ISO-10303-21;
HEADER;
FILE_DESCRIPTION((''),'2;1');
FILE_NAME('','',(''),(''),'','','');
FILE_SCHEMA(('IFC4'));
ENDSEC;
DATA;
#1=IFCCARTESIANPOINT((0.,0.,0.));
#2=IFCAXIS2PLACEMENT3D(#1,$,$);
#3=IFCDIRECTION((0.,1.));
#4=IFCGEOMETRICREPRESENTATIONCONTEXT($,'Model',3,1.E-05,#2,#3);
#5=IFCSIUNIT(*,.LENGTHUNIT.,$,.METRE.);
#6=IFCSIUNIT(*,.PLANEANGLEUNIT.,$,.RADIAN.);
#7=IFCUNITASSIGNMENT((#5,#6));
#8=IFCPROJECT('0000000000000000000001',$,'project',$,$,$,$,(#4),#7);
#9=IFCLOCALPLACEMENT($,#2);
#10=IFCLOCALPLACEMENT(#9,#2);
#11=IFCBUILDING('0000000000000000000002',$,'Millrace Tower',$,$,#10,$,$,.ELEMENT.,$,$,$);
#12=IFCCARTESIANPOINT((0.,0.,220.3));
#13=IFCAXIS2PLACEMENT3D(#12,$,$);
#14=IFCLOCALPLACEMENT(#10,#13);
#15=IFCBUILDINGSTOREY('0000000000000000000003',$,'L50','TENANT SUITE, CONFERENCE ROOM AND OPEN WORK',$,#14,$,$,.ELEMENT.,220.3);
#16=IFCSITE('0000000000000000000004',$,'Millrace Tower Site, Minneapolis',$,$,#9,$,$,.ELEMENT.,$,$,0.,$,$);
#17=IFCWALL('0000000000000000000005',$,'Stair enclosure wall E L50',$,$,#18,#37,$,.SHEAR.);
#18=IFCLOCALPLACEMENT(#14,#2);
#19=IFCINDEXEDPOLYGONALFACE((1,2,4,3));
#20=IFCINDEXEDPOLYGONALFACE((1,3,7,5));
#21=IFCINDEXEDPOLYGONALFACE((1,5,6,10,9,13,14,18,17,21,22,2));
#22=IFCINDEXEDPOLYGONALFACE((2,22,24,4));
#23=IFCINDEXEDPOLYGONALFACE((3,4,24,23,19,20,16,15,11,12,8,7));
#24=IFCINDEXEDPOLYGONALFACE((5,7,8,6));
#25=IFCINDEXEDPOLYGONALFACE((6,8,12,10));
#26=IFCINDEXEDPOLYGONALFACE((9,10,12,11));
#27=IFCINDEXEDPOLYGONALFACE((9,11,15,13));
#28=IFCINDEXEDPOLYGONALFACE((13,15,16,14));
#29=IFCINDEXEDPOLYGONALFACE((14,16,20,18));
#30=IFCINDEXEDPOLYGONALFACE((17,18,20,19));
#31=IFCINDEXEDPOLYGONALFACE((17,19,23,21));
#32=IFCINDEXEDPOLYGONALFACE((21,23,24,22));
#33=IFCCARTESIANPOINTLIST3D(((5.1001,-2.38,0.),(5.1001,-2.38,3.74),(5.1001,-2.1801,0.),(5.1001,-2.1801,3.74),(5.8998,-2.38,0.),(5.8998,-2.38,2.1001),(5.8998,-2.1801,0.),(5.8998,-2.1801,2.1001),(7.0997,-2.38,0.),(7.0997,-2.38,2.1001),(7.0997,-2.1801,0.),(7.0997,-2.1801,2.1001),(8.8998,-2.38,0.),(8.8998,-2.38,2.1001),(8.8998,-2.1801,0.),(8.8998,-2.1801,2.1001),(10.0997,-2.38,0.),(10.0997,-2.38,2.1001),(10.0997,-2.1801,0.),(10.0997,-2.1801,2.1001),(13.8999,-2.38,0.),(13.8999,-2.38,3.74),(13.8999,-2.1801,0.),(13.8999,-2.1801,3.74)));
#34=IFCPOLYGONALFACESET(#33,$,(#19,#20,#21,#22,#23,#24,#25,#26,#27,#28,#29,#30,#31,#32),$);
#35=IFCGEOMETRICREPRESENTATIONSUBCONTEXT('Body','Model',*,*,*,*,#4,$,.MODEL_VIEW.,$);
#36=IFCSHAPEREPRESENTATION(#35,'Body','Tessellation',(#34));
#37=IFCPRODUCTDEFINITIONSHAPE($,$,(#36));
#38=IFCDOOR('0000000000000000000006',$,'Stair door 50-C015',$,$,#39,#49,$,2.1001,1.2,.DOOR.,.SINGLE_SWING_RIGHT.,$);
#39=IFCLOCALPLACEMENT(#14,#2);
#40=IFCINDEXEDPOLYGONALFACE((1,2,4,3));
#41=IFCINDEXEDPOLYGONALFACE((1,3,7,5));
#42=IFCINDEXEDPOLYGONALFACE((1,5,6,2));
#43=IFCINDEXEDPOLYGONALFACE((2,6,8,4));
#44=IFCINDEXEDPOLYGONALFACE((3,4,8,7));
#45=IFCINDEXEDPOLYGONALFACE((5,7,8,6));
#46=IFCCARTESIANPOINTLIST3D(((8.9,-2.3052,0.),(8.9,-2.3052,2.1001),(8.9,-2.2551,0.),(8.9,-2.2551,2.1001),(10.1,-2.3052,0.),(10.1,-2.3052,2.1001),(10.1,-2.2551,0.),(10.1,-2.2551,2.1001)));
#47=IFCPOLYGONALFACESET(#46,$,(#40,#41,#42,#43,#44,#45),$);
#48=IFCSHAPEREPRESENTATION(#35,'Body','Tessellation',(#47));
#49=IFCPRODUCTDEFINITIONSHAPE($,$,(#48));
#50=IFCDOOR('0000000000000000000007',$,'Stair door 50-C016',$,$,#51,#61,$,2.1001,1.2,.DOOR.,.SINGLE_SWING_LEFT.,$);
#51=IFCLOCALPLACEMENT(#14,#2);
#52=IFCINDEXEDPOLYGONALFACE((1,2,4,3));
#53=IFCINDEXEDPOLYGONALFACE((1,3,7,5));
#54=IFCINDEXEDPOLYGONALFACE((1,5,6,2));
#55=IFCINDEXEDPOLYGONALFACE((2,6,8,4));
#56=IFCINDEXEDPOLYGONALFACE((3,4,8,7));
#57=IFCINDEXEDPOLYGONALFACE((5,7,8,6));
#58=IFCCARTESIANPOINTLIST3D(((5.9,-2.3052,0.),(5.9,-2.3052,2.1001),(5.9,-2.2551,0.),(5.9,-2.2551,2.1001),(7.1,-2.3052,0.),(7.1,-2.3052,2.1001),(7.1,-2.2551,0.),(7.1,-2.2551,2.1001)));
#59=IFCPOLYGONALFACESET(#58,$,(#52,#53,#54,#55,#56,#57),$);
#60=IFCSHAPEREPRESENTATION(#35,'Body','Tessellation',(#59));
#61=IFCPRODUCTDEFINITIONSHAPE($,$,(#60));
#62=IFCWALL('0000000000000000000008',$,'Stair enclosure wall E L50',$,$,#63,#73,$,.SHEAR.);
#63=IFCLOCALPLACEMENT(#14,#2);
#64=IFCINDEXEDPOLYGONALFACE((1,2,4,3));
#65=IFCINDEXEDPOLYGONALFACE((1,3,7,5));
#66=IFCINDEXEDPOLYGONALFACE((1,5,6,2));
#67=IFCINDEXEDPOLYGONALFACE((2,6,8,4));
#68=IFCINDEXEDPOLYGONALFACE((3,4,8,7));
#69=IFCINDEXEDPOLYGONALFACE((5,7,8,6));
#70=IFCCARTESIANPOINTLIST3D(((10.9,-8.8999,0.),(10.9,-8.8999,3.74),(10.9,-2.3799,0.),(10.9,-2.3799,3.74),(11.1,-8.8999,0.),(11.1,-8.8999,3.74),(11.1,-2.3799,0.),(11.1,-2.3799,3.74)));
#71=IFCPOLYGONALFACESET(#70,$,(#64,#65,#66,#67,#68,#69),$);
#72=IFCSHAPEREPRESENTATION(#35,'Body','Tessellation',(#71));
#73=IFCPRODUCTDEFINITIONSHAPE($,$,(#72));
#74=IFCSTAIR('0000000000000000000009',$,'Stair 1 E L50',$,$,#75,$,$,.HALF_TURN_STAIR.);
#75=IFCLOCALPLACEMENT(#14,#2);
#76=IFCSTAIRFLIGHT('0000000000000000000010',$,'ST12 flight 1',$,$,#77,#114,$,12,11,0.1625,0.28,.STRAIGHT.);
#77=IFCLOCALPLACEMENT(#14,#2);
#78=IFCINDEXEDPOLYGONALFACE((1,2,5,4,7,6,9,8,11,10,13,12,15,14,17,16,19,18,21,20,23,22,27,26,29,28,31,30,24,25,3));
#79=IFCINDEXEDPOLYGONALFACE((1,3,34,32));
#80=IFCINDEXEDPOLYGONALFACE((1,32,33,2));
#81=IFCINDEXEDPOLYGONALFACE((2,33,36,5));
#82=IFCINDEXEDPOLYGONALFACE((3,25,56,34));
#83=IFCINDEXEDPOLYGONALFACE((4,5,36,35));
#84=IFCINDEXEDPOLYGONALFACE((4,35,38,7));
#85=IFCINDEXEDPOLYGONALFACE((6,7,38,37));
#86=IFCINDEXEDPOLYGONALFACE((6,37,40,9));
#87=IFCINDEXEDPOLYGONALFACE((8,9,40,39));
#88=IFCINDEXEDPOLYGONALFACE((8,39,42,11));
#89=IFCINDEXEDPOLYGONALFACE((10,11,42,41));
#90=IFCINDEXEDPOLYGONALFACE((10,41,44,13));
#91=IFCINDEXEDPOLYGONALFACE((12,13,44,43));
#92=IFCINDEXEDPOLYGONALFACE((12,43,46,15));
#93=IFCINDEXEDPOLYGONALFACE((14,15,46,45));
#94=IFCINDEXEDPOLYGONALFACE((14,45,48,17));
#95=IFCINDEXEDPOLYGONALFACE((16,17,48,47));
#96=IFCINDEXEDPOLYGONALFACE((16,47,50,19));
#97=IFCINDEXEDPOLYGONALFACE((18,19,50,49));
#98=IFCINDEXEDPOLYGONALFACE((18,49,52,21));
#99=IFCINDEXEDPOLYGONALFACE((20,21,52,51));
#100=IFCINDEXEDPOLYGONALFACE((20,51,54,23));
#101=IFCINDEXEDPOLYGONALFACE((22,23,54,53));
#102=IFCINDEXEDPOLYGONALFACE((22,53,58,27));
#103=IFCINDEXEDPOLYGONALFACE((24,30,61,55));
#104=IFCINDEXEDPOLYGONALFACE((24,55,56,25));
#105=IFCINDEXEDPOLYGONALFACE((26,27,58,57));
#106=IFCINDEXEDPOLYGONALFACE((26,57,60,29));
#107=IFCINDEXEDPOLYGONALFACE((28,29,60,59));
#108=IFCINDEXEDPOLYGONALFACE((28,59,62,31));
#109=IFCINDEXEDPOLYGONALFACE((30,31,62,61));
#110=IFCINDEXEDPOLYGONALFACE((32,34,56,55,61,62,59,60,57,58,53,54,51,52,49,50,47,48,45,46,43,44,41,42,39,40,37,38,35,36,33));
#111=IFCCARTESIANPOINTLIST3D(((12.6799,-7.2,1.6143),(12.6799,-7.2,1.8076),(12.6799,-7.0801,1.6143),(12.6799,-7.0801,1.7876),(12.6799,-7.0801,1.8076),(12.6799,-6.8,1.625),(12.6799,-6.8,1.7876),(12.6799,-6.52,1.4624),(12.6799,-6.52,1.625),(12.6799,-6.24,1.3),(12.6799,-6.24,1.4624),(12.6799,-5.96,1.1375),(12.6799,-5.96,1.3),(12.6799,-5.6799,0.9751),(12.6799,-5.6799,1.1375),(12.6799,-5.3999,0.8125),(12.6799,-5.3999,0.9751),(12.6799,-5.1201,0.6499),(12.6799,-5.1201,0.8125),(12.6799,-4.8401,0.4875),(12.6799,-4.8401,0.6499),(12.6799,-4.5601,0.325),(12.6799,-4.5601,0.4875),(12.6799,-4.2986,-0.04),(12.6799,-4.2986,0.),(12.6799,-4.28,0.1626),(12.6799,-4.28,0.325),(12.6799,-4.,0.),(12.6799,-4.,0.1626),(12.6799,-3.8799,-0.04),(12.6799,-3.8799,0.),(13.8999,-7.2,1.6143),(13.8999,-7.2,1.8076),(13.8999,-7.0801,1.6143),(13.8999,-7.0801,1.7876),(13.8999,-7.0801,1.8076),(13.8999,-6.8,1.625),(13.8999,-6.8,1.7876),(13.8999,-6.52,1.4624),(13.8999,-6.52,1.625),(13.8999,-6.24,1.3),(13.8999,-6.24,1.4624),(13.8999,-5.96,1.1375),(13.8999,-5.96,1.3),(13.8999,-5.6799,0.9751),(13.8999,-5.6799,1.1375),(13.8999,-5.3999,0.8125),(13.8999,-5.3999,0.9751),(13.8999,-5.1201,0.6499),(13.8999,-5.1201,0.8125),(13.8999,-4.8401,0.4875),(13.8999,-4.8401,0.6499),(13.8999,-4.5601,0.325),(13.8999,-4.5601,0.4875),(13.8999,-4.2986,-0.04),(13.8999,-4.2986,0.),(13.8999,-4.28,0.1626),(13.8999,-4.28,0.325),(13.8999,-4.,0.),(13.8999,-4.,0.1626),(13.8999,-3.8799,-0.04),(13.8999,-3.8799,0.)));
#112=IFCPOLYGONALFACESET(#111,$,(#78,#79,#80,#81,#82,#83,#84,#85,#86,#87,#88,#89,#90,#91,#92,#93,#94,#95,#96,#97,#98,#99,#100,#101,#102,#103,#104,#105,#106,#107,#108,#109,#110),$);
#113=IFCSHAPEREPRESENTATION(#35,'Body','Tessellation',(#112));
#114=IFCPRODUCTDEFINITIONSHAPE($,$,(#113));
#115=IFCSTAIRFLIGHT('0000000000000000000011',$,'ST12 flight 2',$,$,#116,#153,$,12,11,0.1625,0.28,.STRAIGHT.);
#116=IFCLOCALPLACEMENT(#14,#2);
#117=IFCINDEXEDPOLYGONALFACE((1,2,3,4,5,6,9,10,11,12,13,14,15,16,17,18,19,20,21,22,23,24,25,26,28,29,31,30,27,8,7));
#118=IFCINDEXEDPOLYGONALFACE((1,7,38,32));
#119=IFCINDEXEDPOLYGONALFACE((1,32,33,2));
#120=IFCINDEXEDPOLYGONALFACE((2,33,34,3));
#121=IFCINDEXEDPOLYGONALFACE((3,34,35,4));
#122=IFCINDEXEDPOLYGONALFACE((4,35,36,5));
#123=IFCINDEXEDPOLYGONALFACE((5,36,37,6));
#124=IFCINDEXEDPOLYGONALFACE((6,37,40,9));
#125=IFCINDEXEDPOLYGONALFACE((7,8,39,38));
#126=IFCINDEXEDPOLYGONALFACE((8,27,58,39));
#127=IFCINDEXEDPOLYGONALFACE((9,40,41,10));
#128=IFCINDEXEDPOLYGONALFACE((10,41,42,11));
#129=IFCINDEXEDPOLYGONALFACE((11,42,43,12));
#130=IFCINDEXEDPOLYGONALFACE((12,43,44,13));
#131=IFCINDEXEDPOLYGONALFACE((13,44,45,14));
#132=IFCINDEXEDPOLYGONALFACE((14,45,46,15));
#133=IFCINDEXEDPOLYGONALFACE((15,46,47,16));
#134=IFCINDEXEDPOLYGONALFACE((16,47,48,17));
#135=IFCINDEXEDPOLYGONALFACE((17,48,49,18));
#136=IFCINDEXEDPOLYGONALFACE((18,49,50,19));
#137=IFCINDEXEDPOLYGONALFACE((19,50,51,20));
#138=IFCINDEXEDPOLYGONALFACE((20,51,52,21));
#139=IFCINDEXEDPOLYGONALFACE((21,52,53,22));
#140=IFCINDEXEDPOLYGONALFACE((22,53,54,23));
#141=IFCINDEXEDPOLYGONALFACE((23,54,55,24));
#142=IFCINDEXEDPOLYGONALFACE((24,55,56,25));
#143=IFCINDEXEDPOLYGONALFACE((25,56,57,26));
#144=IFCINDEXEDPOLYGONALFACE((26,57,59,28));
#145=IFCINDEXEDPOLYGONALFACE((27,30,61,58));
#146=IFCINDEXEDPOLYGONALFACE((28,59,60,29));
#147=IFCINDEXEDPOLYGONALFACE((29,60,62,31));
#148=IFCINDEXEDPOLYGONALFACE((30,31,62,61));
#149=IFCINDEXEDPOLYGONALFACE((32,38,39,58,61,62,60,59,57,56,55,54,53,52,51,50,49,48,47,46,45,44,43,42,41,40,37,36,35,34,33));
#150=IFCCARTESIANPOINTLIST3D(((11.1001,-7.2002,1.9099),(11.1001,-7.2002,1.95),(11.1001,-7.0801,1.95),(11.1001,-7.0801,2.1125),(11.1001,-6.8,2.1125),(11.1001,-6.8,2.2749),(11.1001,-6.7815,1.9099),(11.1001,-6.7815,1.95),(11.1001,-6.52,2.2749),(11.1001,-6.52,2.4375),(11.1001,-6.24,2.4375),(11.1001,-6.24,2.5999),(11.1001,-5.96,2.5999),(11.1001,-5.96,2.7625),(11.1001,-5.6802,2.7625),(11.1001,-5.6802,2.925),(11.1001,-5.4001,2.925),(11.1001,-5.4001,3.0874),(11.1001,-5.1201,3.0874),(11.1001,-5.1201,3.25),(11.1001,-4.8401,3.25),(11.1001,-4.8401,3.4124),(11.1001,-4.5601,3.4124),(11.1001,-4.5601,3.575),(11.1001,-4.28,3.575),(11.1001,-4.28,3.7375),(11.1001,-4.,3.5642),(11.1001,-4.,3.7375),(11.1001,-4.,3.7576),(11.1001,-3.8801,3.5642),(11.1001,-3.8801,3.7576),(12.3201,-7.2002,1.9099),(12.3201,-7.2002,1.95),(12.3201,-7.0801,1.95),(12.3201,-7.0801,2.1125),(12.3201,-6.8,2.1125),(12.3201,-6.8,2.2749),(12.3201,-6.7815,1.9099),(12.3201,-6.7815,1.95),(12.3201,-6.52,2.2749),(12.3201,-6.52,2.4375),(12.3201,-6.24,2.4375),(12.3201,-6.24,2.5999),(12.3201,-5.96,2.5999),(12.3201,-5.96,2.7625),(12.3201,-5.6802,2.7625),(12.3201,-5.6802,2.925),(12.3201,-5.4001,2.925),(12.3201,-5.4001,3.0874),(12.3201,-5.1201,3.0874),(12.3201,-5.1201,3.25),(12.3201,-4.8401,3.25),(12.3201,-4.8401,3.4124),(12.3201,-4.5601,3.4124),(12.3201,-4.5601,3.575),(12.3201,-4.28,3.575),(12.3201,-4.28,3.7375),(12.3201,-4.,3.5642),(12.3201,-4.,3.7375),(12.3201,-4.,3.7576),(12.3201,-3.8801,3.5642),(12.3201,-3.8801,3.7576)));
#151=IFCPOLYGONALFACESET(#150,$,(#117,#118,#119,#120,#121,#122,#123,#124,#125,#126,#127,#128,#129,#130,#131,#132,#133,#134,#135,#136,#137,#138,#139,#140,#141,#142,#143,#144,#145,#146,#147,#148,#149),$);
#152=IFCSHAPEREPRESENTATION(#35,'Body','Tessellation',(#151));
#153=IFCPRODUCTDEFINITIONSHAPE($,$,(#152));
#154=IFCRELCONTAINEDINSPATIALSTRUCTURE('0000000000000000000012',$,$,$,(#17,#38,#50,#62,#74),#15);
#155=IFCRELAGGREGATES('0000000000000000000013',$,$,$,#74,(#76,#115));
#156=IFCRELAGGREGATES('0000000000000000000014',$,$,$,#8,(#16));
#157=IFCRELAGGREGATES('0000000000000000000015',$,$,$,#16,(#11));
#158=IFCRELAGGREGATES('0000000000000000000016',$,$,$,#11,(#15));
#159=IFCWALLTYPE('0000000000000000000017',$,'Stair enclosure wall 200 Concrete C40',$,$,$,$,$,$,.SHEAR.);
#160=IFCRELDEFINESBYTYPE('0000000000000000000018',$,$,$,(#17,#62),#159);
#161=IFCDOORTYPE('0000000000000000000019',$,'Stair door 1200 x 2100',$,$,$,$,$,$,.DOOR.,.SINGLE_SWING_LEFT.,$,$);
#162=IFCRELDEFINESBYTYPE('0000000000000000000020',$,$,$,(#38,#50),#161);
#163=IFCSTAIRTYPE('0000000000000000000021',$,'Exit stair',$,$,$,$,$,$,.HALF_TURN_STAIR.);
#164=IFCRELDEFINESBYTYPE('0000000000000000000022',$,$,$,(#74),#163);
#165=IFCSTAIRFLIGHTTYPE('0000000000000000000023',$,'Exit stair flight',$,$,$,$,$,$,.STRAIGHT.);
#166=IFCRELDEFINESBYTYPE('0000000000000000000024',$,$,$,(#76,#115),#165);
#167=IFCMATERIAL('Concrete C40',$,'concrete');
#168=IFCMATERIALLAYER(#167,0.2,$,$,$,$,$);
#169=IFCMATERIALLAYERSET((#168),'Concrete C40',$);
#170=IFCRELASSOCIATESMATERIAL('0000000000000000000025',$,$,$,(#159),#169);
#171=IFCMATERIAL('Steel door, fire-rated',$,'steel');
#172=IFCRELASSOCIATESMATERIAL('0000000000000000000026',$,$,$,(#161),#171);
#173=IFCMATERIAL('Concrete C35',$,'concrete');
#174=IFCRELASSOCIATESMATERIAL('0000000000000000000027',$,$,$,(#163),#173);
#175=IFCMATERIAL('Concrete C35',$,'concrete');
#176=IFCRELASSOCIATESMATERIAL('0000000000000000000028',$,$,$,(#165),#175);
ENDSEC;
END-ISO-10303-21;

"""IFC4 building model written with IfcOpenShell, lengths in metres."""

from ifc_helpers import new_model, si_unit, direction, frame, frame_2d, origin, place, context, subcontext, project, spatial, polyline, rectangle, outline, extrude, material, layer, layer_set, type_object, element, fill, aggregate, save


model = new_model("IFC4")

# Units and contexts
model_context = context("Model", 3, precision=1e-05, world=origin(), true_north=direction((0.0, 1.0)))
body_context = subcontext(model_context, "Body", "Model", "MODEL_VIEW")
ifc_project = project(units=[si_unit("LENGTHUNIT", "METRE"), si_unit("PLANEANGLEUNIT", "RADIAN")], contexts=[model_context])

# Site, building, storey
site_placement = place(None, origin())
site = spatial("IfcSite", under=ifc_project, at=site_placement, Name="Millrace Tower Site, Minneapolis", CompositionType="ELEMENT", RefElevation=0.0)
building_placement = place(site_placement, origin())
building = spatial("IfcBuilding", under=site, at=building_placement, Name="Millrace Tower", CompositionType="ELEMENT")
storey_placement = place(building_placement, frame((0.0, 0.0, 220.3)))
storey = spatial("IfcBuildingStorey", under=building, at=storey_placement, Name="L50", Description="TENANT SUITE, CONFERENCE ROOM AND OPEN WORK", CompositionType="ELEMENT", Elevation=220.3)

# Shared definitions
placement = place(storey_placement, origin())

# Shared definitions
ifc_material_1 = material(Name="Concrete C40", Category="concrete")
ifc_layer_1 = layer(ifc_material_1, 0.2)
ifc_layer_set_1 = layer_set([ifc_layer_1], Name="Concrete C40")
wall_type_1 = type_object("IfcWallType", Name="Stair enclosure wall 200 Concrete C40", PredefinedType="SHEAR", material=ifc_layer_set_1)

# Wall, openings, doors
wall_1_placement = place(storey_placement, frame((13.8999, -2.28, 0.0), z_axis=(0.0, 0.0, 1.0), x_axis=(-1.0, 0.0, 0.0)))
wall_1 = element("IfcWall", 1, at=wall_1_placement, inside=storey, type_object=wall_type_1, Name="Stair enclosure wall E L50", PredefinedType="SHEAR", context=body_context, shape_type="SweptSolid", body=[
    extrude(rectangle(XDim=8.7998, YDim=0.2, at=frame_2d((4.3999, 0.0))), origin(), (0.0, 0.0, 1.0), 3.74),
])
opening_1_placement = place(wall_1_placement, frame((3.8, 0.0, 0.0)))
opening_1 = element("IfcOpeningElement", 2, at=opening_1_placement, cuts=wall_1, PredefinedType="OPENING", context=body_context, shape_type="SweptSolid", body=[
    extrude(rectangle(XDim=1.2, YDim=2.1001, at=frame_2d((0.6001, 1.05))), frame((0.0, 0.1099, 0.0), z_axis=(0.0, -1.0, 0.0), x_axis=(1.0, 0.0, 0.0)), (0.0, 0.0, 1.0), 0.22),
])
opening_2_placement = place(wall_1_placement, frame((6.8, 0.0, 0.0)))
opening_2 = element("IfcOpeningElement", 3, at=opening_2_placement, cuts=wall_1, PredefinedType="OPENING", context=body_context, shape_type="SweptSolid", body=[
    extrude(rectangle(XDim=1.2, YDim=2.1001, at=frame_2d((0.6001, 1.05))), frame((0.0, 0.1099, 0.0), z_axis=(0.0, -1.0, 0.0), x_axis=(1.0, 0.0, 0.0)), (0.0, 0.0, 1.0), 0.22),
])
ifc_material_2 = material(Name="Steel door, fire-rated", Category="steel")
door_type_1 = type_object("IfcDoorType", Name="Stair door 1200 x 2100", OperationType="SINGLE_SWING_LEFT", PredefinedType="DOOR", material=ifc_material_2)
door_1_placement = place(opening_1_placement, frame((1.2, 0.0, 0.0), z_axis=(0.0, 0.0, 1.0), x_axis=(-1.0, 0.0, 0.0)))
door_1 = element("IfcDoor", 4, at=door_1_placement, inside=storey, type_object=door_type_1, Name="Stair door 50-C015", OperationType="SINGLE_SWING_RIGHT", OverallHeight=2.1001, OverallWidth=1.2, PredefinedType="DOOR", context=body_context, shape_type="SweptSolid", body=[
    extrude(rectangle(XDim=1.2, YDim=2.1001, at=frame_2d((0.6001, 1.05))), frame((0.0, 0.0249, 0.0), z_axis=(0.0, -1.0, 0.0), x_axis=(1.0, 0.0, 0.0)), (0.0, 0.0, 1.0), 0.05),
])
fill(opening_1, door_1)
door_2_placement = place(opening_2_placement, frame((1.2, 0.0, 0.0), z_axis=(0.0, 0.0, 1.0), x_axis=(-1.0, 0.0, 0.0)))
door_2 = element("IfcDoor", 5, at=door_2_placement, inside=storey, type_object=door_type_1, Name="Stair door 50-C016", OperationType="SINGLE_SWING_LEFT", OverallHeight=2.1001, OverallWidth=1.2, PredefinedType="DOOR", context=body_context, shape_type="SweptSolid", body=[
    extrude(rectangle(XDim=1.2, YDim=2.1001, at=frame_2d((0.6001, 1.05))), frame((0.0, 0.0249, 0.0), z_axis=(0.0, -1.0, 0.0), x_axis=(1.0, 0.0, 0.0)), (0.0, 0.0, 1.0), 0.05),
])
fill(opening_2, door_2)

# Wall
wall_2_placement = place(storey_placement, frame((11.0, -2.3799, 0.0), z_axis=(0.0, 0.0, 1.0), x_axis=(0.0, -1.0, 0.0)))
element("IfcWall", 6, at=wall_2_placement, inside=storey, type_object=wall_type_1, Name="Stair enclosure wall E L50", PredefinedType="SHEAR", context=body_context, shape_type="SweptSolid", body=[
    extrude(rectangle(XDim=6.52, YDim=0.2, at=frame_2d((3.26, 0.0))), origin(), (0.0, 0.0, 1.0), 3.74),
])

# Stair, stair flights
ifc_material_3 = material(Name="Concrete C35", Category="concrete")
stair_type = type_object("IfcStairType", Name="Exit stair", PredefinedType="HALF_TURN_STAIR", material=ifc_material_3)
stair_1 = element("IfcStair", 7, at=placement, inside=storey, type_object=stair_type, Name="Stair 1 E L50", PredefinedType="HALF_TURN_STAIR")
ifc_material_4 = material(Name="Concrete C35", Category="concrete")
stair_flight_type = type_object("IfcStairFlightType", Name="Exit stair flight", PredefinedType="STRAIGHT", material=ifc_material_4)
stair_flight_1_placement = place(storey_placement, frame((13.29, -4.0, 0.0), z_axis=(0.0, 0.0, 1.0), x_axis=(0.0, -1.0, 0.0)))
stair_flight_1 = element("IfcStairFlight", 8, at=stair_flight_1_placement, type_object=stair_flight_type, Name="ST12 flight 1", NumberOfRisers=12, NumberOfTreads=11, PredefinedType="STRAIGHT", RiserHeight=0.1625, TreadLength=0.28, context=body_context, shape_type="SweptSolid", body=[
    extrude(outline(polyline([(-0.1201, -0.04), (-0.1201, 0.0), (0.0, 0.0), (0.0, 0.1626), (0.28, 0.1626), (0.28, 0.325), (0.5601, 0.325), (0.5601, 0.4875), (0.8401, 0.4875), (0.8401, 0.6499), (1.1201, 0.6499), (1.1201, 0.8125), (1.3999, 0.8125), (1.3999, 0.9751), (1.6799, 0.9751), (1.6799, 1.1375), (1.96, 1.1375), (1.96, 1.3), (2.24, 1.3), (2.24, 1.4624), (2.52, 1.4624), (2.52, 1.625), (2.8, 1.625), (2.8, 1.7876), (3.0801, 1.7876), (3.0801, 1.8076), (3.2, 1.8076), (3.2, 1.6143), (3.0801, 1.6143), (0.2986, 0.0), (0.2986, -0.04), (-0.1201, -0.04)])), frame((0.0, 0.6099, 0.0), z_axis=(0.0, -1.0, 0.0), x_axis=(1.0, 0.0, 0.0)), (0.0, 0.0, 1.0), 1.22),
])
stair_flight_2_placement = place(storey_placement, frame((11.71, -7.0801, 1.95), z_axis=(0.0, 0.0, 1.0), x_axis=(0.0, 1.0, 0.0)))
stair_flight_2 = element("IfcStairFlight", 9, at=stair_flight_2_placement, type_object=stair_flight_type, Name="ST12 flight 2", NumberOfRisers=12, NumberOfTreads=11, PredefinedType="STRAIGHT", RiserHeight=0.1625, TreadLength=0.28, context=body_context, shape_type="SweptSolid", body=[
    extrude(outline(polyline([(-0.1201, -0.04), (-0.1201, 0.0), (0.0, 0.0), (0.0, 0.1626), (0.28, 0.1626), (0.28, 0.325), (0.5601, 0.325), (0.5601, 0.4875), (0.8401, 0.4875), (0.8401, 0.6499), (1.1201, 0.6499), (1.1201, 0.8125), (1.3999, 0.8125), (1.3999, 0.9751), (1.6799, 0.9751), (1.6799, 1.1375), (1.96, 1.1375), (1.96, 1.3), (2.24, 1.3), (2.24, 1.4624), (2.52, 1.4624), (2.52, 1.625), (2.8, 1.625), (2.8, 1.7876), (3.0801, 1.7876), (3.0801, 1.8076), (3.2, 1.8076), (3.2, 1.6143), (3.0801, 1.6143), (0.2986, 0.0), (0.2986, -0.04), (-0.1201, -0.04)])), frame((0.0, 0.6099, 0.0), z_axis=(0.0, -1.0, 0.0), x_axis=(1.0, 0.0, 0.0)), (0.0, 0.0, 1.0), 1.22),
])
aggregate(stair_1, [stair_flight_1, stair_flight_2])

save(model, "model.ifc")
